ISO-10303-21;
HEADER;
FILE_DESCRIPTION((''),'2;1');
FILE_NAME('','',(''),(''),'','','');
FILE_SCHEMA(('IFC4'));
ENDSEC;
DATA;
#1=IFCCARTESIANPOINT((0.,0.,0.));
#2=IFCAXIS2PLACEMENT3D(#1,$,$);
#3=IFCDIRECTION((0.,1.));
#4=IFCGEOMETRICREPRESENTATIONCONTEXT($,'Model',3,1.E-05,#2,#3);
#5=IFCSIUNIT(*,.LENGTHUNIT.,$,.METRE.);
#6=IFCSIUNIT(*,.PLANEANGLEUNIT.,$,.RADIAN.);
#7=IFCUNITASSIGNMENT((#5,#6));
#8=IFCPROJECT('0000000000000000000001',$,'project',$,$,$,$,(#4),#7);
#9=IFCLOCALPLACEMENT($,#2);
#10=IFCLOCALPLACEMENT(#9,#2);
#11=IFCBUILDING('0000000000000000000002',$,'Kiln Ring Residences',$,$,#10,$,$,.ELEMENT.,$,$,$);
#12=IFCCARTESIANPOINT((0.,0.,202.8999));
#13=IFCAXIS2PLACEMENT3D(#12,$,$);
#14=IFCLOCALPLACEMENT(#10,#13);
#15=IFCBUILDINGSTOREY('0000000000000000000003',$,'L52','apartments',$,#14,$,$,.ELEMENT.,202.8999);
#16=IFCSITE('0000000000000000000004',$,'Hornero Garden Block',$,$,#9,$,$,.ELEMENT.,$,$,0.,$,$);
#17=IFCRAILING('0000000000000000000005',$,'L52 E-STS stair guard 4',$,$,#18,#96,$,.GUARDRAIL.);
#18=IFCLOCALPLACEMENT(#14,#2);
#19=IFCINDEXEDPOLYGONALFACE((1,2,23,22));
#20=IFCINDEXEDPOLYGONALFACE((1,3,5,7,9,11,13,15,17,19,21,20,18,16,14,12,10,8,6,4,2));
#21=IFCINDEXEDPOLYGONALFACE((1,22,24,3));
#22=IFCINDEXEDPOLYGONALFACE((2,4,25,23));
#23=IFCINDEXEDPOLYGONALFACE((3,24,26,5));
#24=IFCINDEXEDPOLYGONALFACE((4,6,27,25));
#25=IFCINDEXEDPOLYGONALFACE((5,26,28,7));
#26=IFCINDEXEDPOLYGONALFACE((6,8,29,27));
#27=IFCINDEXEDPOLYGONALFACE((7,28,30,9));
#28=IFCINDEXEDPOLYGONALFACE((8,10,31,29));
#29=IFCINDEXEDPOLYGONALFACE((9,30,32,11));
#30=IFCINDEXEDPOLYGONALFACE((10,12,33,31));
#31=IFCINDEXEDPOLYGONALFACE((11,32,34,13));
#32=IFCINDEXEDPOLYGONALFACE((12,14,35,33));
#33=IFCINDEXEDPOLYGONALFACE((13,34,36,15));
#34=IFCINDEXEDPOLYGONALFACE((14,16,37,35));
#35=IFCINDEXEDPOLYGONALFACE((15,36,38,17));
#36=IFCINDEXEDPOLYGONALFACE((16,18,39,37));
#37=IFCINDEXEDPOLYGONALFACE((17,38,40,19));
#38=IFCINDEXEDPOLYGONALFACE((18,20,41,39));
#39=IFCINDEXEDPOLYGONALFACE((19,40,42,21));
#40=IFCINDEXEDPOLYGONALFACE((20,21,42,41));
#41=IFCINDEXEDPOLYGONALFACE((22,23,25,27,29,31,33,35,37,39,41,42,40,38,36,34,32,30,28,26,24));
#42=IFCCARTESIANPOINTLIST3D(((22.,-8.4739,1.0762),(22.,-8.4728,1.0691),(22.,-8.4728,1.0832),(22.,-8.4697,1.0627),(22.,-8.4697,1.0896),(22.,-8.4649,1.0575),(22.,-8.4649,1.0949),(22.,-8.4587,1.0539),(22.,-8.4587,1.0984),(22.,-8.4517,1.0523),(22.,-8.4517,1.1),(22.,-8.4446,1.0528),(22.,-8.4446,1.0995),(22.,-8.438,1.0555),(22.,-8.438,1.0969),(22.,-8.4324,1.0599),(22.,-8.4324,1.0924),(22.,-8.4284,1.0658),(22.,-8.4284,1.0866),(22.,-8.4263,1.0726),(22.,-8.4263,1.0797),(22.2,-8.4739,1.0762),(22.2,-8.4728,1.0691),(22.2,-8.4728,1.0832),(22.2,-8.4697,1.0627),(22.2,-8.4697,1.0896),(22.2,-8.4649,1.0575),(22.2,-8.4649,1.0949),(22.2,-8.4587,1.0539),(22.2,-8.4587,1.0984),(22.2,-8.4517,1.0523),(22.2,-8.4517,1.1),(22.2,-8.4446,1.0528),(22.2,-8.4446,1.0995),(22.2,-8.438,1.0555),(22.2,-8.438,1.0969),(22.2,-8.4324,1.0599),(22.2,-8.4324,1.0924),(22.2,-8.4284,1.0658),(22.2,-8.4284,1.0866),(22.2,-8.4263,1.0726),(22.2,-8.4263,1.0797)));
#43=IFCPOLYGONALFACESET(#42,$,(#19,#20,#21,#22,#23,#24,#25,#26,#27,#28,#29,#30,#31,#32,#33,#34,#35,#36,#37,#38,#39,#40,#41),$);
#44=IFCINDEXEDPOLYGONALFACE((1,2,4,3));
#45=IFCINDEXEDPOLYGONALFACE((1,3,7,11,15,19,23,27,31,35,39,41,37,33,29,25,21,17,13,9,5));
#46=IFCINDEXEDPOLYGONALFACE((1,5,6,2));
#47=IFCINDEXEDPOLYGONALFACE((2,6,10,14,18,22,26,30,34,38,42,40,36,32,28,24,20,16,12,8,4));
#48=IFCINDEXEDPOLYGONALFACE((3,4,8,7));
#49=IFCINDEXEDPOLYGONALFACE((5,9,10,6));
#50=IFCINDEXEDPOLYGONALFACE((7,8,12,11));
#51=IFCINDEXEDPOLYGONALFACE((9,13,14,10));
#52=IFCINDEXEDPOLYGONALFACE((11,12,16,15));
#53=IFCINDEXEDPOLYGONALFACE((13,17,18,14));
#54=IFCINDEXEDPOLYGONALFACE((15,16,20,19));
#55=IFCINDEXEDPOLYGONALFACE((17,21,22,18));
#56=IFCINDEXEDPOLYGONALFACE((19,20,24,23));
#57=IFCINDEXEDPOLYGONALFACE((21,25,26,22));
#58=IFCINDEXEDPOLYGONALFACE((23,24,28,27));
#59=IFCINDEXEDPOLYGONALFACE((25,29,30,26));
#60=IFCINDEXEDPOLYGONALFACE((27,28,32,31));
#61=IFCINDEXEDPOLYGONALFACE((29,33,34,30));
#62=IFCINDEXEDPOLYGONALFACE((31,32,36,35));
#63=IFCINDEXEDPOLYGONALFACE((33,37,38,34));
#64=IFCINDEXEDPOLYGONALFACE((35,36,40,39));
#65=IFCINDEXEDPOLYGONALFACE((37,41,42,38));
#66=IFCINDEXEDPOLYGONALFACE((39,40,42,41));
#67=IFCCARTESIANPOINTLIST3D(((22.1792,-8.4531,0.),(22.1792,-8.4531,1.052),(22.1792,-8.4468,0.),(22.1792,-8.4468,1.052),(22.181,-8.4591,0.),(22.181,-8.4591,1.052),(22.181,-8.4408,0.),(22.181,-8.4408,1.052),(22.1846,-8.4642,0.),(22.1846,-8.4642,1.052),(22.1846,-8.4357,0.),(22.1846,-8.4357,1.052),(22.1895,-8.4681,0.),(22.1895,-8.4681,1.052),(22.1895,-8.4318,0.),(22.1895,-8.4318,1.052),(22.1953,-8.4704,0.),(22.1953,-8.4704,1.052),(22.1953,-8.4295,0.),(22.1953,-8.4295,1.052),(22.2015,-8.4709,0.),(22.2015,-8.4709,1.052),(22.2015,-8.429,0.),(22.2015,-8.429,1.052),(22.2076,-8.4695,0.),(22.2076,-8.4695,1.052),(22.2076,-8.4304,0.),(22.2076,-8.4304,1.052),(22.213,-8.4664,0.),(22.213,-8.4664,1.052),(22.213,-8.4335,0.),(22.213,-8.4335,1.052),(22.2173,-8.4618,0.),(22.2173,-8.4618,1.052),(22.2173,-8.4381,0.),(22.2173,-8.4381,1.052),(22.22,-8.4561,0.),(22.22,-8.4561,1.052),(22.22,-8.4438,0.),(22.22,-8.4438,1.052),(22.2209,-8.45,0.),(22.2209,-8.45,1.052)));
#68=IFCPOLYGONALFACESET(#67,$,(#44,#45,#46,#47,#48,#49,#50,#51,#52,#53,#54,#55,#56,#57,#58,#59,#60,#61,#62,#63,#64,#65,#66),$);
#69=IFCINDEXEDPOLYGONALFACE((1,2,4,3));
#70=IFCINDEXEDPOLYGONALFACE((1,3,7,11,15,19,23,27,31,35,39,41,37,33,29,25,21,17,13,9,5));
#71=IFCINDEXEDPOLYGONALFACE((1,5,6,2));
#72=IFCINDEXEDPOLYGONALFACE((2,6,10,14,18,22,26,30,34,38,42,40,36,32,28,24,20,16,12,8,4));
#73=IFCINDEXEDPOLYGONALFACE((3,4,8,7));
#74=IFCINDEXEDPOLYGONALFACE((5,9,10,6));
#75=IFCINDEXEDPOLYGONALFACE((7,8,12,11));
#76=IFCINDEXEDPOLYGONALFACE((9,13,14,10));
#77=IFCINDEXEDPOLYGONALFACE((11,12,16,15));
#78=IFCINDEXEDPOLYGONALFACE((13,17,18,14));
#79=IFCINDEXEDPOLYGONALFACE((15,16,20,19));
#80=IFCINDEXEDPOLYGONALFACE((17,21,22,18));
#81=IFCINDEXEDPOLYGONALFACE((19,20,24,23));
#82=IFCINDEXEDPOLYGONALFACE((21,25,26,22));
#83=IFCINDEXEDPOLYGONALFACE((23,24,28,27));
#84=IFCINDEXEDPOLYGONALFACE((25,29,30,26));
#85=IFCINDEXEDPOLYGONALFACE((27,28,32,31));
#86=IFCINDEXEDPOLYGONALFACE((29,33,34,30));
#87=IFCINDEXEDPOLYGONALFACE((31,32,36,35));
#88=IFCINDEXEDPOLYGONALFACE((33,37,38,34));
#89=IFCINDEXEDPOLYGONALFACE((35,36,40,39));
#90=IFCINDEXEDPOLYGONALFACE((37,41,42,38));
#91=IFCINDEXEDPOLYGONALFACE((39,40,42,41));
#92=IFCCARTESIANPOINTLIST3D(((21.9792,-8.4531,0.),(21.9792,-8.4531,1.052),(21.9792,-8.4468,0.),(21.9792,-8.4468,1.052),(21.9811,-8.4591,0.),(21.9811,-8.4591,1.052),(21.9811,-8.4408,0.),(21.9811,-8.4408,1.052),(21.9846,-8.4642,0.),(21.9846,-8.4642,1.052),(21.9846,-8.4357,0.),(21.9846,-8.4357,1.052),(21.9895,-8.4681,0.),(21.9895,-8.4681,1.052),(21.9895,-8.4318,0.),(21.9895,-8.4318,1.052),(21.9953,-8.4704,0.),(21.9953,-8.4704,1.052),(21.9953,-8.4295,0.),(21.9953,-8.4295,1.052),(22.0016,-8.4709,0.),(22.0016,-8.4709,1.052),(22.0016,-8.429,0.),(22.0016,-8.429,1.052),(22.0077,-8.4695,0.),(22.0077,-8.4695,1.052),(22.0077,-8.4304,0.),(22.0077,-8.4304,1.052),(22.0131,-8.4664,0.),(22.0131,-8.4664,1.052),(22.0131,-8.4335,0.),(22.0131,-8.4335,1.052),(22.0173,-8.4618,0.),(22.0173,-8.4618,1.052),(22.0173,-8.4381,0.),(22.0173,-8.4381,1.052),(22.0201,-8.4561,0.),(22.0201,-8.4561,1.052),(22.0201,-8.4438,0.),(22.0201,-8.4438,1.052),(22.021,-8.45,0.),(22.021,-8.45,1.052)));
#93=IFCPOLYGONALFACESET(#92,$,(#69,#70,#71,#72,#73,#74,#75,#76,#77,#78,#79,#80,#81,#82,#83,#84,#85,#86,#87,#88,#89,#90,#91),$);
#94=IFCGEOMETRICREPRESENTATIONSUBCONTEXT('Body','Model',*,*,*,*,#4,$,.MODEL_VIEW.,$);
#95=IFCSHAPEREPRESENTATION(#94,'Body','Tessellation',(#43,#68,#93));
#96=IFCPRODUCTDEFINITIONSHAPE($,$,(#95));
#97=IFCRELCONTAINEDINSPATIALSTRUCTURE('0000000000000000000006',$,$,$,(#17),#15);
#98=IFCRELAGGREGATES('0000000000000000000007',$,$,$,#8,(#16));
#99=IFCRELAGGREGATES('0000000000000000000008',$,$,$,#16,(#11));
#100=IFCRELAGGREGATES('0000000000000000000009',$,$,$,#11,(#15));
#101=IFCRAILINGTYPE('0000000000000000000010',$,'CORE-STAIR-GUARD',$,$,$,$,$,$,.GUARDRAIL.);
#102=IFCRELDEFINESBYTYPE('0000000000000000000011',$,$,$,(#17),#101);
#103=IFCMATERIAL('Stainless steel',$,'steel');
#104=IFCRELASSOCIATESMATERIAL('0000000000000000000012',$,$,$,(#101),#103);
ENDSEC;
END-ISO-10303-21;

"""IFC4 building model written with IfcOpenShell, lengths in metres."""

from ifc_helpers import new_model, si_unit, direction, frame, origin, origin_2d, place, context, subcontext, project, spatial, circle, extrude, material, type_object, element, save


model = new_model("IFC4")

# Units and contexts
model_context = context("Model", 3, precision=1e-05, world=origin(), true_north=direction((0.0, 1.0)))
body_context = subcontext(model_context, "Body", "Model", "MODEL_VIEW")
ifc_project = project(units=[si_unit("LENGTHUNIT", "METRE"), si_unit("PLANEANGLEUNIT", "RADIAN")], contexts=[model_context])

# Site, building, storey
site_placement = place(None, origin())
site = spatial("IfcSite", under=ifc_project, at=site_placement, Name="Hornero Garden Block", CompositionType="ELEMENT", RefElevation=0.0)
building_placement = place(site_placement, origin())
building = spatial("IfcBuilding", under=site, at=building_placement, Name="Kiln Ring Residences", CompositionType="ELEMENT")
storey_placement = place(building_placement, frame((0.0, 0.0, 202.8999)))
storey = spatial("IfcBuildingStorey", under=building, at=storey_placement, Name="L52", Description="apartments", CompositionType="ELEMENT", Elevation=202.8999)

# Railing
ifc_material_1 = material(Name="Stainless steel", Category="steel")
railing_type_1 = type_object("IfcRailingType", Name="CORE-STAIR-GUARD", PredefinedType="GUARDRAIL", material=ifc_material_1)
railing_1_placement = place(storey_placement, frame((22.2, -8.45, 0.0)))
element("IfcRailing", 1, at=railing_1_placement, inside=storey, type_object=railing_type_1, Name="L52 E-STS stair guard 4", PredefinedType="GUARDRAIL", context=body_context, shape_type="SweptSolid", body=[
    extrude(circle(Radius=0.0239, at=origin_2d()), frame((0.0, 0.0, 1.0762), z_axis=(-1.0, 0.0, 0.0), x_axis=(0.0, -1.0, 0.0)), (0.0, 0.0, 1.0), 0.2),
    extrude(circle(Radius=0.021, at=origin_2d()), origin(), (0.0, 0.0, 1.0), 1.052),
    extrude(circle(Radius=0.021, at=origin_2d()), frame((-0.2, 0.0, 0.0)), (0.0, 0.0, 1.0), 1.052),
])

save(model, "model.ifc")
